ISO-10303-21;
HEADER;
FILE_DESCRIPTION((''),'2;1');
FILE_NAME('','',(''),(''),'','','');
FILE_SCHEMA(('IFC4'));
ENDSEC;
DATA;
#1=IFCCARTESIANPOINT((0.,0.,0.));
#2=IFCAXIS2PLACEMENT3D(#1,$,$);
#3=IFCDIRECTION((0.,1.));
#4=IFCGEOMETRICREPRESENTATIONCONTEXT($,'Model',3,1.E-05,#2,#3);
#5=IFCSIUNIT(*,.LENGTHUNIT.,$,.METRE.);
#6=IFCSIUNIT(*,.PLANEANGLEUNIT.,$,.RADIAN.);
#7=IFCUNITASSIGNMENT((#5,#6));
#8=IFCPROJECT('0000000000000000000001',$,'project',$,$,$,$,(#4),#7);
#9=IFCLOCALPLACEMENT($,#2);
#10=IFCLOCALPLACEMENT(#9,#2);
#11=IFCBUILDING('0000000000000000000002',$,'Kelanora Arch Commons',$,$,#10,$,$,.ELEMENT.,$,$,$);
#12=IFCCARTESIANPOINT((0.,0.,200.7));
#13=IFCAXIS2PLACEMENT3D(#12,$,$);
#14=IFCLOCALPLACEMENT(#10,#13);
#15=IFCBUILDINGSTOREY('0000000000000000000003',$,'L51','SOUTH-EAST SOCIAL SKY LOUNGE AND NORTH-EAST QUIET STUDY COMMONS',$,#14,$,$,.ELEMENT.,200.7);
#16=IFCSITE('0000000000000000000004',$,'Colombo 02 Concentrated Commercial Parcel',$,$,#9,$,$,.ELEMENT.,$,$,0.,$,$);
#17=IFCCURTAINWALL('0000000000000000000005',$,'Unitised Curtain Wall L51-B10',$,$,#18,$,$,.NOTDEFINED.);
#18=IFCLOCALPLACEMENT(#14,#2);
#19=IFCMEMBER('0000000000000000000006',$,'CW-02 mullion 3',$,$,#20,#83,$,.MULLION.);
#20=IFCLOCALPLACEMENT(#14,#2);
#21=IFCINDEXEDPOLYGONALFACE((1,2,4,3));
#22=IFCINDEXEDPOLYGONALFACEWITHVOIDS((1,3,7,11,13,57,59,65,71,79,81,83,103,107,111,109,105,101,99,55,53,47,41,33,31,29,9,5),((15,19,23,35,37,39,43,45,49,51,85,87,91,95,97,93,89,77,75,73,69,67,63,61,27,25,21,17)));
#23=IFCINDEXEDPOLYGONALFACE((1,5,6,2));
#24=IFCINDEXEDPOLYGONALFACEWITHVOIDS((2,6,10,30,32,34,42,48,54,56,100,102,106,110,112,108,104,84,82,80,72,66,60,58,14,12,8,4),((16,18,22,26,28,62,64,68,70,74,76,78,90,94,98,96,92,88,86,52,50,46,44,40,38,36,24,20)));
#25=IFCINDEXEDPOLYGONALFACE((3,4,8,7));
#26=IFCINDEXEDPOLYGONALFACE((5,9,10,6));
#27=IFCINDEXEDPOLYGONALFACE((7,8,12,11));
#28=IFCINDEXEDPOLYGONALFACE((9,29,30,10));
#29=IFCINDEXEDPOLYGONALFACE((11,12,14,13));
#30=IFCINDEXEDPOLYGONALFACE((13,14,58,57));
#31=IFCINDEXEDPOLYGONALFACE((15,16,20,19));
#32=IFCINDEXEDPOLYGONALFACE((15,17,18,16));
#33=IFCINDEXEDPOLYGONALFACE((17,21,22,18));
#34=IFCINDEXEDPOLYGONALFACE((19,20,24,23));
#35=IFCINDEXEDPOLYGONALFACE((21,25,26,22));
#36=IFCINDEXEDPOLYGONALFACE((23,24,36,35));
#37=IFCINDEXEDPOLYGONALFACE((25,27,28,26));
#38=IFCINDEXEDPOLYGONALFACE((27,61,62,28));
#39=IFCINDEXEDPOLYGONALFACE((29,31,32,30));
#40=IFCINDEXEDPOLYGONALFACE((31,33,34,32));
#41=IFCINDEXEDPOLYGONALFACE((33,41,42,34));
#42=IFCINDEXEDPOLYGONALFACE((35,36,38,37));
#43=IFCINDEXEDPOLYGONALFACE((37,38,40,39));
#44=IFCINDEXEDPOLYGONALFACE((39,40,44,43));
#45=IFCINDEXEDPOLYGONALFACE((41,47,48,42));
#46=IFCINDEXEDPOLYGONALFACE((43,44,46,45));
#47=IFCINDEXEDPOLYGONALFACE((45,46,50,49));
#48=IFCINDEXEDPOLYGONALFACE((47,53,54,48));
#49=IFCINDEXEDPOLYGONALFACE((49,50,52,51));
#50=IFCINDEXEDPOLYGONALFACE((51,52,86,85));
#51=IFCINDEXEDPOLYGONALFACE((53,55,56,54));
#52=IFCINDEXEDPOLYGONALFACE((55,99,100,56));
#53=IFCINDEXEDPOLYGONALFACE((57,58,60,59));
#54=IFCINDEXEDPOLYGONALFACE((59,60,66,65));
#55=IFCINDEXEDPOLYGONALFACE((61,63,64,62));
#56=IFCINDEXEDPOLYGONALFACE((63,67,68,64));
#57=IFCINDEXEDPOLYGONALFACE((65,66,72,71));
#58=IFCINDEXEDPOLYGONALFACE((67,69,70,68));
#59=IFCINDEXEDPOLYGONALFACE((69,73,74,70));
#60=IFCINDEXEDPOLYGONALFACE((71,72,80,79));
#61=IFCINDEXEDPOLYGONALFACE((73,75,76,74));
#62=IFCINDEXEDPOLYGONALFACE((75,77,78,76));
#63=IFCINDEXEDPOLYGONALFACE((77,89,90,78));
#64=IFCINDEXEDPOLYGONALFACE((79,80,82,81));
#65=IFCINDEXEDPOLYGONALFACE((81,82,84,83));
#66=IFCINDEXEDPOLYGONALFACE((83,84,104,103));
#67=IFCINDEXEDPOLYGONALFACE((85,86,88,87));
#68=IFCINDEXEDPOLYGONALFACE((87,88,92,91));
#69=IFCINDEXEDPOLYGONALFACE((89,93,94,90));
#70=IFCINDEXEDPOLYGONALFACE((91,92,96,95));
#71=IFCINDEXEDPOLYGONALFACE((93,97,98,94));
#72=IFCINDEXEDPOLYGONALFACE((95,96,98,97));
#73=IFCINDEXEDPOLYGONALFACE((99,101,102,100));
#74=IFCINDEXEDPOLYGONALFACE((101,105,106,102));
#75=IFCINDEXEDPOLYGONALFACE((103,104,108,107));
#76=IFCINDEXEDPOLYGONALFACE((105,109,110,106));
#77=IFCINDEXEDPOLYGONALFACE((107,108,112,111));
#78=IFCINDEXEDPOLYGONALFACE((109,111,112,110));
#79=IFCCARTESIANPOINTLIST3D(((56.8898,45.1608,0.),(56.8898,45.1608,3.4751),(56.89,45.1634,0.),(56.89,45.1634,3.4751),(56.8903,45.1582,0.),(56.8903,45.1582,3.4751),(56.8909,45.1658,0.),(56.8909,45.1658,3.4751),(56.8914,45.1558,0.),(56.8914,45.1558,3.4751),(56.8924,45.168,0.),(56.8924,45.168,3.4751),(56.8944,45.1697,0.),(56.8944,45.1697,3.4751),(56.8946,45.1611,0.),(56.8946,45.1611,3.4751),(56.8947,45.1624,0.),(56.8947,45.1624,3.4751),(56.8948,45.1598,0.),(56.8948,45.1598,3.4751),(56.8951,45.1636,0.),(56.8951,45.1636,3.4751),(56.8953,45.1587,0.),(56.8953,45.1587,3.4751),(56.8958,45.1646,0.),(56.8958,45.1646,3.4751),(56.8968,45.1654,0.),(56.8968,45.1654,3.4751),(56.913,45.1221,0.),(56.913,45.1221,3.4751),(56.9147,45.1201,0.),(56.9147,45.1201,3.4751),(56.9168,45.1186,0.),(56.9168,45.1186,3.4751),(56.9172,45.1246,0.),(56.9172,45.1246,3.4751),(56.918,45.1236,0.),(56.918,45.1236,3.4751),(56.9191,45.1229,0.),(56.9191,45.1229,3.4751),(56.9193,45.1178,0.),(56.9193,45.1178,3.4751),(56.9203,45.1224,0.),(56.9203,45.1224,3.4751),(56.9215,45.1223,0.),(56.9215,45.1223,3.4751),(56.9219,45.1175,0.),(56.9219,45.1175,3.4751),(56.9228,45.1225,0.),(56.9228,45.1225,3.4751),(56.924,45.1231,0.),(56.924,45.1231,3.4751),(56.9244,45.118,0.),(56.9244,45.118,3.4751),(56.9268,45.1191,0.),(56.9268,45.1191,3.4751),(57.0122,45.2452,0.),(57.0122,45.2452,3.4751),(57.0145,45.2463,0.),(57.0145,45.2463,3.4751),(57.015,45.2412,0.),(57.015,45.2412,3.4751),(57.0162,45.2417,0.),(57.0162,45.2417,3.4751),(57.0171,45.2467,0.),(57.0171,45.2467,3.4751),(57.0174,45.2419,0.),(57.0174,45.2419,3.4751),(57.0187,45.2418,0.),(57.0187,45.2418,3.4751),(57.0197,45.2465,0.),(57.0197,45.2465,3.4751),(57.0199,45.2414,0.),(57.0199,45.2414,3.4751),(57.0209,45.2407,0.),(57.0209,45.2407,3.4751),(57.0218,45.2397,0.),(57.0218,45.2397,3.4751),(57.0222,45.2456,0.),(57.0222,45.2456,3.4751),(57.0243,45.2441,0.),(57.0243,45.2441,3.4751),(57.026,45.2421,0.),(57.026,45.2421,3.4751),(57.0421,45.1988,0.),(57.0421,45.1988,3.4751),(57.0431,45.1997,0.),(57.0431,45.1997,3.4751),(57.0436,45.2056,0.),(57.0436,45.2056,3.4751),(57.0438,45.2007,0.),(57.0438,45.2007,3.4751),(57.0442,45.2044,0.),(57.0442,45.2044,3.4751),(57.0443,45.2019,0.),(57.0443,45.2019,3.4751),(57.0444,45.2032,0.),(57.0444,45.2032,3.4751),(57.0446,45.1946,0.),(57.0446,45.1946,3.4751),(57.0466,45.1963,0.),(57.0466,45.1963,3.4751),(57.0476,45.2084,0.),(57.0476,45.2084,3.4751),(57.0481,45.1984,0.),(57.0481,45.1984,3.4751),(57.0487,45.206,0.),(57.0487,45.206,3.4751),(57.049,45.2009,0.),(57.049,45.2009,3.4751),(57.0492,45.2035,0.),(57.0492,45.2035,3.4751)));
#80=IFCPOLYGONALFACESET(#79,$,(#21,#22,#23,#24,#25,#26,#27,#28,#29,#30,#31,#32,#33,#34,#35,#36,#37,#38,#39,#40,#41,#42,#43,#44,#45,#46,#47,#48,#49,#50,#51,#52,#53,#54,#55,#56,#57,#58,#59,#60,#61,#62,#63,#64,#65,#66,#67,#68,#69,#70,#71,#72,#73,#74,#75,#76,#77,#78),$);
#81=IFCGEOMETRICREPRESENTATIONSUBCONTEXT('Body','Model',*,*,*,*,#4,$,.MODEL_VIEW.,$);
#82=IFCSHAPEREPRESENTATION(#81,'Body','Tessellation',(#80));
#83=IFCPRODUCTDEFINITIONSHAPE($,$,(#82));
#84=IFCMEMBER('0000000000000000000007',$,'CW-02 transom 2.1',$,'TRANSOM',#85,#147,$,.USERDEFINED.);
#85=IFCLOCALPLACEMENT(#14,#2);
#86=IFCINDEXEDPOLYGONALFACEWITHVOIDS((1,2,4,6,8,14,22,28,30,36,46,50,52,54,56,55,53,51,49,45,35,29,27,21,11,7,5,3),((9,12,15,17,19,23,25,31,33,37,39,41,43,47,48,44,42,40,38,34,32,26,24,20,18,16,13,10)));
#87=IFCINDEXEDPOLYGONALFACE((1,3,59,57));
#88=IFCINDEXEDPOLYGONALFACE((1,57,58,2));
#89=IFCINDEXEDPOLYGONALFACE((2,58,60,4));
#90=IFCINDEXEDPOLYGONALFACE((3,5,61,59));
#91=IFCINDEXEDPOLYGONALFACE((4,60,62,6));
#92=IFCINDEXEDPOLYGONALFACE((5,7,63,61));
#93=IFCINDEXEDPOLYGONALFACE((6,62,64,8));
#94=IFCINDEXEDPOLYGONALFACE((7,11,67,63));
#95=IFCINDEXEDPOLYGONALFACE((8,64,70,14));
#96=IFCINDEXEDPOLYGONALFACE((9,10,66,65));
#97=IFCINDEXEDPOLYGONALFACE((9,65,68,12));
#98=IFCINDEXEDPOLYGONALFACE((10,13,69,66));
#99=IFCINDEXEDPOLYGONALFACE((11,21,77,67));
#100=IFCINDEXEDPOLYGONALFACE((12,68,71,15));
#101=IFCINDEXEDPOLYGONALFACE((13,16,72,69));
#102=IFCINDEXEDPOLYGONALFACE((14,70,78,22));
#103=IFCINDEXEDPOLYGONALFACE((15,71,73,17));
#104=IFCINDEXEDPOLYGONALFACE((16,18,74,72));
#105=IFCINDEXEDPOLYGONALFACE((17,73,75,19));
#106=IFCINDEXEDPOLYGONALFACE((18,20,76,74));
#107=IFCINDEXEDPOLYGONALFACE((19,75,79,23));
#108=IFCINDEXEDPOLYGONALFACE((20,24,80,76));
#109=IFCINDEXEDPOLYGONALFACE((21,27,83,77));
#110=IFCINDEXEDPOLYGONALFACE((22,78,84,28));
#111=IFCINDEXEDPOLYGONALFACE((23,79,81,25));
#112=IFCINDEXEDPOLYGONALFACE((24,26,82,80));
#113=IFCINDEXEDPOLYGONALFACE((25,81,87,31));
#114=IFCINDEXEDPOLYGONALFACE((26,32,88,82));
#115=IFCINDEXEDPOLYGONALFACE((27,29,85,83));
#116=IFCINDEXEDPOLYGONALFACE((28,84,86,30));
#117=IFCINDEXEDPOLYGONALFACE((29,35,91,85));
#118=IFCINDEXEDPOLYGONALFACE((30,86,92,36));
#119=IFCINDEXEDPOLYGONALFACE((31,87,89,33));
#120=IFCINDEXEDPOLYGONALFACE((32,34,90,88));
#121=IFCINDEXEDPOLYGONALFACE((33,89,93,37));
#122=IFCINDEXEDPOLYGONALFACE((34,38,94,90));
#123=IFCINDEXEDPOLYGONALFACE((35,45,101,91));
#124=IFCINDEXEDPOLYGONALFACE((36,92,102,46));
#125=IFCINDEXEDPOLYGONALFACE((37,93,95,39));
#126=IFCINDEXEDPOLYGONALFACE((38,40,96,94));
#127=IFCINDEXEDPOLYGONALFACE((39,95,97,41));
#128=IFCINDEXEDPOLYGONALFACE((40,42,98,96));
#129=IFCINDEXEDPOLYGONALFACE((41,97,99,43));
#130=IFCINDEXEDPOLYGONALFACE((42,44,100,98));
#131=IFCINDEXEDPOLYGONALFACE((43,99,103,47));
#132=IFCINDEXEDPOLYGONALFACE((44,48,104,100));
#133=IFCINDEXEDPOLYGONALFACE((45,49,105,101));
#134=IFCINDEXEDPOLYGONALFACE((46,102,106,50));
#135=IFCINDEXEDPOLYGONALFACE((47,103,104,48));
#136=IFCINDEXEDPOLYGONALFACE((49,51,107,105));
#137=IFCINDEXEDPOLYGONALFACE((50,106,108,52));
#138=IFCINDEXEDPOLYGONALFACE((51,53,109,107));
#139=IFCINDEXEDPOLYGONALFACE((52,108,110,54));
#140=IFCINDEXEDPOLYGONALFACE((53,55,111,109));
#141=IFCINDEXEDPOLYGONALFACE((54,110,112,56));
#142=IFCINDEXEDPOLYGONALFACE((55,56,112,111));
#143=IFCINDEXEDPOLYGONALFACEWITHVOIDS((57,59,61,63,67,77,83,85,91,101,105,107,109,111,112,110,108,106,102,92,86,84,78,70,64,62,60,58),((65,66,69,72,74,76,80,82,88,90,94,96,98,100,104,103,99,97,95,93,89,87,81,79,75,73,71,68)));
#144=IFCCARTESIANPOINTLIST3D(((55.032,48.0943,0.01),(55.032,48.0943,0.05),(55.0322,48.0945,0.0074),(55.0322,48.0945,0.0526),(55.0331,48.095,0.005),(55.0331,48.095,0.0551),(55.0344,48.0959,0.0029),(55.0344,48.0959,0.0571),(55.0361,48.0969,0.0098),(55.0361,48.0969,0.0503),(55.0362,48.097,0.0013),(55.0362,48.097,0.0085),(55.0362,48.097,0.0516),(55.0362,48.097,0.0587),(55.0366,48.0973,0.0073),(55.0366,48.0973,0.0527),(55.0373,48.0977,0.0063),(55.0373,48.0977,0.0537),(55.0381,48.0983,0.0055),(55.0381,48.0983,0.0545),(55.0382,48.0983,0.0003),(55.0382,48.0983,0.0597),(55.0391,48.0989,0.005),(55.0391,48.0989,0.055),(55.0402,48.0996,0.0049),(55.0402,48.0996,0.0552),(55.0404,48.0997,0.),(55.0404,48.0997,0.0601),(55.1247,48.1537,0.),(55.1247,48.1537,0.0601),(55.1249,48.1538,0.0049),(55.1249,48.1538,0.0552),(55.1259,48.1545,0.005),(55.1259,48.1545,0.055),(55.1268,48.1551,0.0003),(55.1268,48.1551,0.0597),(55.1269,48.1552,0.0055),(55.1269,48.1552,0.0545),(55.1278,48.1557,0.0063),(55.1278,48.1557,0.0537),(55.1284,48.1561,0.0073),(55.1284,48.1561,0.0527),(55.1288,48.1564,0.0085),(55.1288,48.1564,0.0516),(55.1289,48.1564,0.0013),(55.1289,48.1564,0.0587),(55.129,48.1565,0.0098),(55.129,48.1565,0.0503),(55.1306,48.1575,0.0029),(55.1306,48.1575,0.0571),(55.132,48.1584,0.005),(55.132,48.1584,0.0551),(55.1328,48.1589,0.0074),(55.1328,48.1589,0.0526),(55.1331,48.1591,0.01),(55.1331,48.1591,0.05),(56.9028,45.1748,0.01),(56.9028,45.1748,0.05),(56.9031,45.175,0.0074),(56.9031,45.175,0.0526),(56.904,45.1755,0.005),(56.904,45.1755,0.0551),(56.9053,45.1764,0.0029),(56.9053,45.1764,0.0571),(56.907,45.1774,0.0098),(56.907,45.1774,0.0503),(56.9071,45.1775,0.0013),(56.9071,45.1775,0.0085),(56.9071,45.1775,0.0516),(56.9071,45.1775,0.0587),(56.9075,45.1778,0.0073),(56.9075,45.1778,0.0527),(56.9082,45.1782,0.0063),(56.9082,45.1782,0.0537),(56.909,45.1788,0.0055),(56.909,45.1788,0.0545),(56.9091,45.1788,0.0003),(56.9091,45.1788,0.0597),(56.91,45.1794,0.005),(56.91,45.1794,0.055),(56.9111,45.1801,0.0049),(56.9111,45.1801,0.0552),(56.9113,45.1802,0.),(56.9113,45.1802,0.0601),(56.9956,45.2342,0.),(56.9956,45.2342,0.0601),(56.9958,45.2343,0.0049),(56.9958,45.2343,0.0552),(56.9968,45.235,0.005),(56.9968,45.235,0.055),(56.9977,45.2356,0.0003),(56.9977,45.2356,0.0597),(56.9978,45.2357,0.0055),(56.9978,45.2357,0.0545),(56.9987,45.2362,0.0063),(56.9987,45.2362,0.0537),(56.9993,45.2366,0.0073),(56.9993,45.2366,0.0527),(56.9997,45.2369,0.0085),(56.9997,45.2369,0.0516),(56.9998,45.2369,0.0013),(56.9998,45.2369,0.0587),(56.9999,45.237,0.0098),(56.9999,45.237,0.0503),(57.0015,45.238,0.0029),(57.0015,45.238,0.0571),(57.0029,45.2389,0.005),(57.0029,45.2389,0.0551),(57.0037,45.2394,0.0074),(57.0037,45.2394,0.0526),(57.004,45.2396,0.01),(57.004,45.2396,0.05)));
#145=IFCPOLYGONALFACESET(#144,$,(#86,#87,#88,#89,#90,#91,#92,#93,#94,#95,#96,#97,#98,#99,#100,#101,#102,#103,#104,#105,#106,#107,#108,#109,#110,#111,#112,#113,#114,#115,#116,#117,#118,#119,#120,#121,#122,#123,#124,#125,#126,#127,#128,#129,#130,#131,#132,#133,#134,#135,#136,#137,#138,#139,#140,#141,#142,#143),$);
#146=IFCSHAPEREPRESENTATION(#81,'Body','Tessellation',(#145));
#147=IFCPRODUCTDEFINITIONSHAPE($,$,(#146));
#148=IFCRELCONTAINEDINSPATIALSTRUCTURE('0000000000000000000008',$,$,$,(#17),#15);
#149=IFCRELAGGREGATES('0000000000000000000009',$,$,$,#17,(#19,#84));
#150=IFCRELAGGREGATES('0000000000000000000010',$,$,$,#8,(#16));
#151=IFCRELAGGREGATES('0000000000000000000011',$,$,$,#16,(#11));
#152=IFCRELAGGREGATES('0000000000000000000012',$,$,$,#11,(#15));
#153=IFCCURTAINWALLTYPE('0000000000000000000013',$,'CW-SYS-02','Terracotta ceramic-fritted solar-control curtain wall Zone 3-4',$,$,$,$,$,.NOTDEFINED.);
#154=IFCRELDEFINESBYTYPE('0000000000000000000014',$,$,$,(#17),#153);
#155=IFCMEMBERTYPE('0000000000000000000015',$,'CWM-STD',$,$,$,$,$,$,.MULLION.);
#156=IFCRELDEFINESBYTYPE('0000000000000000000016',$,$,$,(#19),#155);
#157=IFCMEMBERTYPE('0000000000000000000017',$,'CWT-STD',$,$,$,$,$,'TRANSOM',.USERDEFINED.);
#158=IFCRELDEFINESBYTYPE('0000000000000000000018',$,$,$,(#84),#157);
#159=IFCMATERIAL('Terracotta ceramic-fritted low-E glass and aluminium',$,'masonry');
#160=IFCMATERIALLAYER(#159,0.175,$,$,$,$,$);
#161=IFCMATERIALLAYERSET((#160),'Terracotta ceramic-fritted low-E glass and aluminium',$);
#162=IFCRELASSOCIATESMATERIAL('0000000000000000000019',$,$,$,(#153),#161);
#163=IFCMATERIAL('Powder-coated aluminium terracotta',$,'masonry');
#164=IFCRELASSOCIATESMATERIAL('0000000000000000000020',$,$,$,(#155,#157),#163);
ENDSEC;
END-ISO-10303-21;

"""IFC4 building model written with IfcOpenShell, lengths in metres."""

from ifc_helpers import new_model, si_unit, direction, frame, origin, origin_2d, place, context, subcontext, project, spatial, hollow_rectangle, extrude, material, layer, layer_set, material_profile, profile_set, type_object, element, aggregate, save


model = new_model("IFC4")

# Units and contexts
model_context = context("Model", 3, precision=1e-05, world=origin(), true_north=direction((0.0, 1.0)))
body_context = subcontext(model_context, "Body", "Model", "MODEL_VIEW")
ifc_project = project(units=[si_unit("LENGTHUNIT", "METRE"), si_unit("PLANEANGLEUNIT", "RADIAN")], contexts=[model_context])

# Site, building, storey
site_placement = place(None, origin())
site = spatial("IfcSite", under=ifc_project, at=site_placement, Name="Colombo 02 Concentrated Commercial Parcel", CompositionType="ELEMENT", RefElevation=0.0)
building_placement = place(site_placement, origin())
building = spatial("IfcBuilding", under=site, at=building_placement, Name="Kelanora Arch Commons", CompositionType="ELEMENT")
storey_placement = place(building_placement, frame((0.0, 0.0, 200.7)))
storey = spatial("IfcBuildingStorey", under=building, at=storey_placement, Name="L51", Description="SOUTH-EAST SOCIAL SKY LOUNGE AND NORTH-EAST QUIET STUDY COMMONS", CompositionType="ELEMENT", Elevation=200.7)

# Curtain wall, members
ifc_material_1 = material(Name="Terracotta ceramic-fritted low-E glass and aluminium", Category="masonry")
ifc_layer_1 = layer(ifc_material_1, 0.175)
ifc_layer_set_1 = layer_set([ifc_layer_1], Name="Terracotta ceramic-fritted low-E glass and aluminium")
curtain_wall_type = type_object("IfcCurtainWallType", Name="CW-SYS-02", Description="Terracotta ceramic-fritted solar-control curtain wall Zone 3-4", PredefinedType="NOTDEFINED", material=ifc_layer_set_1)
curtain_wall_placement = place(storey_placement, origin())
curtain_wall = element("IfcCurtainWall", 1, at=curtain_wall_placement, inside=storey, type_object=curtain_wall_type, Name="Unitised Curtain Wall L51-B10", PredefinedType="NOTDEFINED")
ifc_material_2 = material(Name="Powder-coated aluminium terracotta", Category="masonry")
ifc_material_profile_1 = material_profile(ifc_material_2, hollow_rectangle(XDim=0.1599, YDim=0.0601, WallThickness=0.0049, InnerFilletRadius=0.0049, OuterFilletRadius=0.01, at=origin_2d()), Name="CWM160x60")
ifc_profile_set_1 = profile_set([ifc_material_profile_1], Name="Powder-coated aluminium terracotta")
member_type_1 = type_object("IfcMemberType", Name="CWM-STD", PredefinedType="MULLION", material=ifc_profile_set_1)
member_1_placement = place(storey_placement, frame((56.9695, 45.1821, 0.0), z_axis=(0.0, 0.0, 1.0), x_axis=(0.841948, 0.539559, 0.0)))
member_1 = element("IfcMember", 2, at=member_1_placement, type_object=member_type_1, Name="CW-02 mullion 3", PredefinedType="MULLION", context=body_context, shape_type="SweptSolid", body=[
    extrude(hollow_rectangle(XDim=0.1599, YDim=0.0601, WallThickness=0.0049, InnerFilletRadius=0.0049, OuterFilletRadius=0.01, at=origin_2d()), origin(), (0.0, 0.0, 1.0), 3.4751),
])
ifc_material_profile_2 = material_profile(ifc_material_2, hollow_rectangle(XDim=0.1201, YDim=0.0601, WallThickness=0.0049, InnerFilletRadius=0.0049, OuterFilletRadius=0.01, at=origin_2d()), Name="CWT120x60")
ifc_profile_set_2 = profile_set([ifc_material_profile_2], Name="Powder-coated aluminium terracotta")
member_type_2 = type_object("IfcMemberType", Name="CWT-STD", ElementType="TRANSOM", PredefinedType="USERDEFINED", material=ifc_profile_set_2)
member_2_placement = place(storey_placement, frame((55.0825, 48.1267, 0.03), z_axis=(0.539547, -0.841955, 0.0), x_axis=(0.841955, 0.539547, 0.0)))
member_2 = element("IfcMember", 3, at=member_2_placement, type_object=member_type_2, Name="CW-02 transom 2.1", ObjectType="TRANSOM", PredefinedType="USERDEFINED", context=body_context, shape_type="SweptSolid", body=[
    extrude(hollow_rectangle(XDim=0.1201, YDim=0.0601, WallThickness=0.0049, InnerFilletRadius=0.0049, OuterFilletRadius=0.01, at=origin_2d()), origin(), (0.0, 0.0, 1.0), 3.4675),
])
aggregate(curtain_wall, [member_1, member_2])

save(model, "model.ifc")
